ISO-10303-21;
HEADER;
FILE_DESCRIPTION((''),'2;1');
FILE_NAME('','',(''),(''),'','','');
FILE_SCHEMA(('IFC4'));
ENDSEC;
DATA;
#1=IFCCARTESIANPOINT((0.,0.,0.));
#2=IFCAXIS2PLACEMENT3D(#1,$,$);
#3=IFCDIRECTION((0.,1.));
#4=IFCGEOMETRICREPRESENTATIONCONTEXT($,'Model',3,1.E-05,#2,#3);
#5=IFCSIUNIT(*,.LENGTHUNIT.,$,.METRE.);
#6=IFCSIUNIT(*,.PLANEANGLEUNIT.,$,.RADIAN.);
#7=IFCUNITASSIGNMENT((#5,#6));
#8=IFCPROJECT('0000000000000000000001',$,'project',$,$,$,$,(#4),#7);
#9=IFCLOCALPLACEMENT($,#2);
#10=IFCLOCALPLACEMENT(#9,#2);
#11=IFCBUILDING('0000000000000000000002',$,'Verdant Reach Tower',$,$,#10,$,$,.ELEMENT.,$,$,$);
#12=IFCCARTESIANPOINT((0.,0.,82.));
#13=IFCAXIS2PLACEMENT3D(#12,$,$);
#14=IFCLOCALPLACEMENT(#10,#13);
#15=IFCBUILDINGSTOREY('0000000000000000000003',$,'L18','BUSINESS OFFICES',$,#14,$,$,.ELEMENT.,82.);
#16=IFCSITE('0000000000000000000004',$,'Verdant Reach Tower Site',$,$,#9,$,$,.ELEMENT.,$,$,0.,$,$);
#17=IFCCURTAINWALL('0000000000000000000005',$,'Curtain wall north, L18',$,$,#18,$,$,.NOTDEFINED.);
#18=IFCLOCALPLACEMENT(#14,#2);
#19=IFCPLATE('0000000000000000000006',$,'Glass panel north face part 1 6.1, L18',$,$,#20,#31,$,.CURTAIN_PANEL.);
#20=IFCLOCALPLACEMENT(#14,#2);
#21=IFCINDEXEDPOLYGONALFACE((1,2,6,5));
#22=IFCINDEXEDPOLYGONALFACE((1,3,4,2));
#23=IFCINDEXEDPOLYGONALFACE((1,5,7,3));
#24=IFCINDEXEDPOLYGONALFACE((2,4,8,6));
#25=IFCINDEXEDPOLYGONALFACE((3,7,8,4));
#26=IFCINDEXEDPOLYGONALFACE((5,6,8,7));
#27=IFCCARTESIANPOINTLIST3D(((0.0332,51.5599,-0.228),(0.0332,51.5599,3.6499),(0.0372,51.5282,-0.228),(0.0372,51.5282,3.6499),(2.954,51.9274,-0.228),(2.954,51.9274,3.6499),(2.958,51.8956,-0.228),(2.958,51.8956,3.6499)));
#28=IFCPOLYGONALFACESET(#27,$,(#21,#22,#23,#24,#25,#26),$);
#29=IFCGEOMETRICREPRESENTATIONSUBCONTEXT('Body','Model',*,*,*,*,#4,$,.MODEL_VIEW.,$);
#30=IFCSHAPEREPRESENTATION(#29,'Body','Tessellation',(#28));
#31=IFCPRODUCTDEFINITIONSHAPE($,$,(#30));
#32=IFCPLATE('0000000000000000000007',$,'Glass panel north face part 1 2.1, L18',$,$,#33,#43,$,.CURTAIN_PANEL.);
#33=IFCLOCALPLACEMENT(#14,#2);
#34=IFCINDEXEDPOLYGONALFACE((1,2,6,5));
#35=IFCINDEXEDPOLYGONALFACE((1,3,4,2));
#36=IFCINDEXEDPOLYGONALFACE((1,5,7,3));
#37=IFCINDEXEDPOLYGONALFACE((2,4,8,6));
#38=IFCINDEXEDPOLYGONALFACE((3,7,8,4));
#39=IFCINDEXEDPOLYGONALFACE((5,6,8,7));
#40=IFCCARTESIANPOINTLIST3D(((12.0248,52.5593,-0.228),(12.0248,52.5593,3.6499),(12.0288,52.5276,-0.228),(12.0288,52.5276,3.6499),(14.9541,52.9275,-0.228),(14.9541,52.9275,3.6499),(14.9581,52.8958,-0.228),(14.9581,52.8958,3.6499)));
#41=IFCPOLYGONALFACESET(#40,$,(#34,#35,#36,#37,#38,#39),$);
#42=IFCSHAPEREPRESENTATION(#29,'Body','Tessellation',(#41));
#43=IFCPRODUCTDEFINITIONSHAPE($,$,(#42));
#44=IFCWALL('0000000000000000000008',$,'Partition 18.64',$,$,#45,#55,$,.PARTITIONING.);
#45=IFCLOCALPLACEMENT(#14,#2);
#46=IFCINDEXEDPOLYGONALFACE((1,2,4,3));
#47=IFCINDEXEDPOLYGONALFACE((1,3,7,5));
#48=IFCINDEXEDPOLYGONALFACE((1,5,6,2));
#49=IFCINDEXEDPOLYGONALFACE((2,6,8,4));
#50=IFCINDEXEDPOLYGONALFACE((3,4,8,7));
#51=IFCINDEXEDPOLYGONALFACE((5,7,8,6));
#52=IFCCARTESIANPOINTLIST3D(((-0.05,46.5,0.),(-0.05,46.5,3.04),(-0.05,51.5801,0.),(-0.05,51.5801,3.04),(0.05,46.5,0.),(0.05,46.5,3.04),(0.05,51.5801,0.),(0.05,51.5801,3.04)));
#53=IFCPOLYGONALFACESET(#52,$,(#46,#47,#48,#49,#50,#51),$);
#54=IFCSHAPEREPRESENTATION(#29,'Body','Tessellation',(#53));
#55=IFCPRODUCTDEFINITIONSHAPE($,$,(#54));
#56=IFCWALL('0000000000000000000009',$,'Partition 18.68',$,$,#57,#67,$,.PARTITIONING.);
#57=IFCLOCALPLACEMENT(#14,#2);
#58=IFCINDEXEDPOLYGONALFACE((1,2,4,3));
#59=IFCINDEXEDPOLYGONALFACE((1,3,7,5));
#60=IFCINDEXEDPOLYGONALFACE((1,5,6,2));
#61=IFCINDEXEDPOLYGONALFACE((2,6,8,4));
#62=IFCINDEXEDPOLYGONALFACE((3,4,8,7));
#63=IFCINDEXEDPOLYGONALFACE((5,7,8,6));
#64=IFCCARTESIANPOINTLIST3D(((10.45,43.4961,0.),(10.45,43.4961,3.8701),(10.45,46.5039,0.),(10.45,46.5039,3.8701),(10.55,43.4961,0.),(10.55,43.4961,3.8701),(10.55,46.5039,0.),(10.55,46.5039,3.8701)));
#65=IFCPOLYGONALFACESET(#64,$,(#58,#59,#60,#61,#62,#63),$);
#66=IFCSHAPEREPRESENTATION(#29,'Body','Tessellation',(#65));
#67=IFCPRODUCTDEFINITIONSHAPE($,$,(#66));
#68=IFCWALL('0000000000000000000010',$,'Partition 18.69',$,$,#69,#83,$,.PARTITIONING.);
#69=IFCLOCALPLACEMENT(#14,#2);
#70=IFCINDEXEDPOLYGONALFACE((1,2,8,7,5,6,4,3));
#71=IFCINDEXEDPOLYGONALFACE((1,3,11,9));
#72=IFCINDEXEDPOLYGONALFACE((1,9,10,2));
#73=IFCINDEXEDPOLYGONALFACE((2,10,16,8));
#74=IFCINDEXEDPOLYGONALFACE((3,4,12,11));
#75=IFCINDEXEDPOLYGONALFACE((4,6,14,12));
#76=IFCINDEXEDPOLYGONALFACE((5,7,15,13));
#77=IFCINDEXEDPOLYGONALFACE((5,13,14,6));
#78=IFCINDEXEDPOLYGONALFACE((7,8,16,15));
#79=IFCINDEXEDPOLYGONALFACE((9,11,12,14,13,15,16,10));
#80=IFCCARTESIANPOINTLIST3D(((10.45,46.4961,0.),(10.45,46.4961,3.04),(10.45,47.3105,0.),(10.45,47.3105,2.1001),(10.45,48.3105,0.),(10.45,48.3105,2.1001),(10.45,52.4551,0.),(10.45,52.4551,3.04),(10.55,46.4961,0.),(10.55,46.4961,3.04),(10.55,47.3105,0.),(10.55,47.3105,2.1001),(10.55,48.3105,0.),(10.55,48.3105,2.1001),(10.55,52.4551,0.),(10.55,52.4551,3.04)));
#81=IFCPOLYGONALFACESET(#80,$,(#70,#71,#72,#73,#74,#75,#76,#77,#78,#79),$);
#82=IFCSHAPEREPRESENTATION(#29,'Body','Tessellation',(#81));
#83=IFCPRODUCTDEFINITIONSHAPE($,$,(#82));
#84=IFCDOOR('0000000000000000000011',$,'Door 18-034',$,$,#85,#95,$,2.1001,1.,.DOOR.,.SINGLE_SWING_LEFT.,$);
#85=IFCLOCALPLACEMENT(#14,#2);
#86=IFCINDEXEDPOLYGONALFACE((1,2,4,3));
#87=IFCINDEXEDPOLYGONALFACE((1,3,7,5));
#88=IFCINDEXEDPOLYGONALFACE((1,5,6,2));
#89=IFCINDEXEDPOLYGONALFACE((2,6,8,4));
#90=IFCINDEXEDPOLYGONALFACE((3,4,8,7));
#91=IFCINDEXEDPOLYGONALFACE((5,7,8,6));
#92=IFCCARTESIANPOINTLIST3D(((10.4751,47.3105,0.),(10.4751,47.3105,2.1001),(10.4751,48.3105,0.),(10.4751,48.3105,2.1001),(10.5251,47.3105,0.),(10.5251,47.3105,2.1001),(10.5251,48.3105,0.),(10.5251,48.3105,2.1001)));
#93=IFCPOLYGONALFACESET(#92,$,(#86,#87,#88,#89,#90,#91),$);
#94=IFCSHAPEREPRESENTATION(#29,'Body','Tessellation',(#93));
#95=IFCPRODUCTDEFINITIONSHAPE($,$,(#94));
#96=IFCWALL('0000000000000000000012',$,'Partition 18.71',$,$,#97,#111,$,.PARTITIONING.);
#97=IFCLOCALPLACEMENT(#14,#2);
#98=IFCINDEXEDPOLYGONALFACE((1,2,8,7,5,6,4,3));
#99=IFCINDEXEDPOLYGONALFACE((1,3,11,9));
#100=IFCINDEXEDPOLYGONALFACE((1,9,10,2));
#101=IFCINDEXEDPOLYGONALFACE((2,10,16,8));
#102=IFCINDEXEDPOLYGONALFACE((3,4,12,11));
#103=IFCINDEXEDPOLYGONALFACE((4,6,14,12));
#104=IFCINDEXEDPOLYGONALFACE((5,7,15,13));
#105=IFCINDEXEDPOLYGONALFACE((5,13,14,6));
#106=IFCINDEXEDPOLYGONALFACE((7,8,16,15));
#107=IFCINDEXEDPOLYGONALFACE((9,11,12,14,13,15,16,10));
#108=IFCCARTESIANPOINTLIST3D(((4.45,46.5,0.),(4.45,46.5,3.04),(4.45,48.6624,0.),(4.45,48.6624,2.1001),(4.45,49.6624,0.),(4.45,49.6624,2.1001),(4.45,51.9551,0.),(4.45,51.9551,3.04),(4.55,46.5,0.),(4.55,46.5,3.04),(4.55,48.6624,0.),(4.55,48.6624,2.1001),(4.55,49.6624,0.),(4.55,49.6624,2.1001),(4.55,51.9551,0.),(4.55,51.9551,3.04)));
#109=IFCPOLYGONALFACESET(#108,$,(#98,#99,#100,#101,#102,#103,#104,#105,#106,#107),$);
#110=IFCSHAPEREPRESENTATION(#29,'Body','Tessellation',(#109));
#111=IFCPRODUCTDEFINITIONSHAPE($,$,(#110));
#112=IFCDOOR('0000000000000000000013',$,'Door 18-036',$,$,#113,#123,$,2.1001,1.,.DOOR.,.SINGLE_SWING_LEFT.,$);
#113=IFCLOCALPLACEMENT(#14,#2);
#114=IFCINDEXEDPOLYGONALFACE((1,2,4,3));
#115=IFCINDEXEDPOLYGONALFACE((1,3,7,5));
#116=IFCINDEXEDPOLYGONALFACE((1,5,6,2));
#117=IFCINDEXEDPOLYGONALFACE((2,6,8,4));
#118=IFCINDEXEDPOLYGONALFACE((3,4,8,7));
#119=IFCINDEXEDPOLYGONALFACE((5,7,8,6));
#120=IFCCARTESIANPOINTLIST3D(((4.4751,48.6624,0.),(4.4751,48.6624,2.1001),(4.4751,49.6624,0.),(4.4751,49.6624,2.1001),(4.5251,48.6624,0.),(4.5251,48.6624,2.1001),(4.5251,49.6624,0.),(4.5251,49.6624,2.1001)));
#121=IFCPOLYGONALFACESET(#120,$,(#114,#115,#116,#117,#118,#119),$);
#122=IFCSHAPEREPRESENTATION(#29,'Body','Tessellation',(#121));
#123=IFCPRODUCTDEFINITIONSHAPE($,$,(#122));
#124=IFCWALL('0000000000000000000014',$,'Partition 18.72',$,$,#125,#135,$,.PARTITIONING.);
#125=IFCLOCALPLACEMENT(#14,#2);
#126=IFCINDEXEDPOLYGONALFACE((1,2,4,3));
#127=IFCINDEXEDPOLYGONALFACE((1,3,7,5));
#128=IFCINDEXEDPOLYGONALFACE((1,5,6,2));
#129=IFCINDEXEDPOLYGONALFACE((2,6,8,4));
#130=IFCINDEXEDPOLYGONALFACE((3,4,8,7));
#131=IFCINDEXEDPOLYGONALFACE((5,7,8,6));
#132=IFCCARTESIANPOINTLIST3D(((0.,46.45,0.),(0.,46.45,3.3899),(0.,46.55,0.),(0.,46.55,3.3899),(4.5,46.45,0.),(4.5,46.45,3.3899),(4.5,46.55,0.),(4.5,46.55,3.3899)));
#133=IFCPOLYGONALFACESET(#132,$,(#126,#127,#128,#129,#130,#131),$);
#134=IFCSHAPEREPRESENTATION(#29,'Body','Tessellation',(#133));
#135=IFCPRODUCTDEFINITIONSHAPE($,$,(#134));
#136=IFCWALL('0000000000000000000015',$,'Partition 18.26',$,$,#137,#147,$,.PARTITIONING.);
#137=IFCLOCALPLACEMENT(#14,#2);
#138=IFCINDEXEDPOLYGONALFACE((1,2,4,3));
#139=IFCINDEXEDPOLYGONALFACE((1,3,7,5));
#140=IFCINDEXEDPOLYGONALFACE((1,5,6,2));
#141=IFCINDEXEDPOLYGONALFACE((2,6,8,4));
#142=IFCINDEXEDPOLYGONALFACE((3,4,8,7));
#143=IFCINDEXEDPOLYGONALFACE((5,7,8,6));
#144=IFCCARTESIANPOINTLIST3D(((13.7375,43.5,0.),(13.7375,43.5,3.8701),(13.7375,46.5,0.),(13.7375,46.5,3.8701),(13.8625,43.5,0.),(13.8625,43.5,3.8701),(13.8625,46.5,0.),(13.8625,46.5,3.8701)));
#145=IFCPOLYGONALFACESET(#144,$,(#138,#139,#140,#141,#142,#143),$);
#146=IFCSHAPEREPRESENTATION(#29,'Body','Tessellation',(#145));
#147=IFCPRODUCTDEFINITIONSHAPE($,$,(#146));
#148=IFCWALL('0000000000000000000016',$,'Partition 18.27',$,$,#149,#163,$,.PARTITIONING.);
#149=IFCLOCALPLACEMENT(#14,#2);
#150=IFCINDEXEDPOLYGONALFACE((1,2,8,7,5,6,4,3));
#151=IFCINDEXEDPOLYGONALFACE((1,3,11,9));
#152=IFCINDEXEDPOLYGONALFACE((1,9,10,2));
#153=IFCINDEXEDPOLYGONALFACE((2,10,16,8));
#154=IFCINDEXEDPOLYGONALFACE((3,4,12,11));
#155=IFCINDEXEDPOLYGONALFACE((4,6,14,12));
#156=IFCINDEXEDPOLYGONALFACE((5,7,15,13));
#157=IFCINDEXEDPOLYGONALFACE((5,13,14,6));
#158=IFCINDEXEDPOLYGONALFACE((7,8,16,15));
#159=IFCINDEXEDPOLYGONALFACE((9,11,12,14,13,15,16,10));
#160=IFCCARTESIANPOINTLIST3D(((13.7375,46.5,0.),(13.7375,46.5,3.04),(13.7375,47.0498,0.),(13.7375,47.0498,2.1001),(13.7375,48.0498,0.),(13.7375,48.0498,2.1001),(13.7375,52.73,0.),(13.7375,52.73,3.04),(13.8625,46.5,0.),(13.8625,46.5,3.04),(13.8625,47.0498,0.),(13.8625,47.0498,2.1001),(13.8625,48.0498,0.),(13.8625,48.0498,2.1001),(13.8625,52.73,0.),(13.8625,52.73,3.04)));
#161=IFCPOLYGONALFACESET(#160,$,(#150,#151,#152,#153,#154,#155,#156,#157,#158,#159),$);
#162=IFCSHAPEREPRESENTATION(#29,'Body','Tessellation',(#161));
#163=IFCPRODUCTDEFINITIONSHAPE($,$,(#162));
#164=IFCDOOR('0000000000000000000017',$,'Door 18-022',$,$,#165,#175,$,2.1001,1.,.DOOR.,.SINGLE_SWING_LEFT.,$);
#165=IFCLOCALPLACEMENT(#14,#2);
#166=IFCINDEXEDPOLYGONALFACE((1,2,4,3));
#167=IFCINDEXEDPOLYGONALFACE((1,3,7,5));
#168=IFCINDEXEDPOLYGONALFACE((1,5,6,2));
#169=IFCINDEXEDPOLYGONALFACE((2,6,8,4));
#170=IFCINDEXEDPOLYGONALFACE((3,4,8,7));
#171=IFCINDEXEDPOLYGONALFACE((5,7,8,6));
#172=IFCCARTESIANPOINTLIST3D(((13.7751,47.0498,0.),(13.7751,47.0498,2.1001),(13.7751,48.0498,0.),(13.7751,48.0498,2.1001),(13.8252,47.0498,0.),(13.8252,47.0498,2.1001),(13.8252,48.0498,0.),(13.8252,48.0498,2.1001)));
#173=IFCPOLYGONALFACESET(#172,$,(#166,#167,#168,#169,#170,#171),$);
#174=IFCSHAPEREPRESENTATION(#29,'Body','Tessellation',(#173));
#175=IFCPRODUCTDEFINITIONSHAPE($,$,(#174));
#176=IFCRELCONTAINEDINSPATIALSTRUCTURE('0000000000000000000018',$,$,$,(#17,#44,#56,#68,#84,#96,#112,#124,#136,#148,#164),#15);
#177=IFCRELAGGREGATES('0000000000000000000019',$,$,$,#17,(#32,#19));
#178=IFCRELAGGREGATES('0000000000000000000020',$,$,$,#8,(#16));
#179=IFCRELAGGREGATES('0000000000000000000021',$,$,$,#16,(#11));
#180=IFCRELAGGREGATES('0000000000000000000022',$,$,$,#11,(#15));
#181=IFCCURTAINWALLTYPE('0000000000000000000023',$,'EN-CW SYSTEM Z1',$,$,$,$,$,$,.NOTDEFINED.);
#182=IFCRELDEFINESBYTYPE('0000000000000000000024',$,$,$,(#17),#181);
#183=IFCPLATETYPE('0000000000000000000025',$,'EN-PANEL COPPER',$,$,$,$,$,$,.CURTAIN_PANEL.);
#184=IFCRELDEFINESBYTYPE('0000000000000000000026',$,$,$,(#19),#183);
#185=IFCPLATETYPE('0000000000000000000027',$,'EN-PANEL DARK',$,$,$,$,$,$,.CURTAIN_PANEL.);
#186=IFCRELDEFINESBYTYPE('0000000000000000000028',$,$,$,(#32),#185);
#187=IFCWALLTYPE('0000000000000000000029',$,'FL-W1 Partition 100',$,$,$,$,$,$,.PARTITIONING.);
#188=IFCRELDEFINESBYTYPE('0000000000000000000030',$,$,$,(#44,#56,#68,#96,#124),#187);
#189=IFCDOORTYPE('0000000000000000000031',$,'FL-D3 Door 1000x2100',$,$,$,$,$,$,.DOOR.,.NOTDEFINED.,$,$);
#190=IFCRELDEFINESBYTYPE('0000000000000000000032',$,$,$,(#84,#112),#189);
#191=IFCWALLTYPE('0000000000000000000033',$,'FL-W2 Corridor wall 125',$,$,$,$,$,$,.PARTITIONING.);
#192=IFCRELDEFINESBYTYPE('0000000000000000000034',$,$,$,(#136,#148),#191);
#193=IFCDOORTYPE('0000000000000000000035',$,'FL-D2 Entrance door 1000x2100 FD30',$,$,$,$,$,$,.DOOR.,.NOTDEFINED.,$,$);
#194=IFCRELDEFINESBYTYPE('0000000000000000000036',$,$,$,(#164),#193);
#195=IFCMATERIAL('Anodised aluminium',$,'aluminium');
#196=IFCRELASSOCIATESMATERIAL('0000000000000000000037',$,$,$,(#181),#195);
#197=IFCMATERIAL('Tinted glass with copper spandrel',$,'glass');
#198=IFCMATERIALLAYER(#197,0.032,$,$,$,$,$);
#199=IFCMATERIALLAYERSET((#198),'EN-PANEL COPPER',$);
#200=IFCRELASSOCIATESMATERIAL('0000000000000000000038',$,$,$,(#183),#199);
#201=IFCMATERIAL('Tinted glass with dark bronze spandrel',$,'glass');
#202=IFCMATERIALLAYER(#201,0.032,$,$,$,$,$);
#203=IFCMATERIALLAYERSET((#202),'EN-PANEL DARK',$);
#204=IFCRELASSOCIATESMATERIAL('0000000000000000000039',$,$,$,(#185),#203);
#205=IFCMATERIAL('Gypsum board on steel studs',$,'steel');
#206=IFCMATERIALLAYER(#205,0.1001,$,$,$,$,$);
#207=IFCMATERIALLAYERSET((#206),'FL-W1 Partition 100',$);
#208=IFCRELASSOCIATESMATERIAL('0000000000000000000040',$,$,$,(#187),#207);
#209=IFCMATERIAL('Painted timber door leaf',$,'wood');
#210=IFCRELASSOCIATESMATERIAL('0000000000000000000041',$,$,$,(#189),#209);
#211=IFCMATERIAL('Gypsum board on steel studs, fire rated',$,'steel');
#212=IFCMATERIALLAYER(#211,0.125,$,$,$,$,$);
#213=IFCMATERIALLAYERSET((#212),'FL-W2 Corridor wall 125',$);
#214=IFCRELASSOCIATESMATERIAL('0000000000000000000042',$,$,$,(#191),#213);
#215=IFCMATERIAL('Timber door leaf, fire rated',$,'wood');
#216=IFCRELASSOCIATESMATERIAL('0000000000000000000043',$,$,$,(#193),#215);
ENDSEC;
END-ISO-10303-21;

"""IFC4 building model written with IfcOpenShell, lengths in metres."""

from ifc_helpers import new_model, si_unit, direction, frame, frame_2d, origin, origin_2d, place, context, subcontext, project, spatial, rectangle, extrude, material, layer, layer_set, type_object, element, fill, aggregate, save


model = new_model("IFC4")

# Units and contexts
model_context = context("Model", 3, precision=1e-05, world=origin(), true_north=direction((0.0, 1.0)))
body_context = subcontext(model_context, "Body", "Model", "MODEL_VIEW")
ifc_project = project(units=[si_unit("LENGTHUNIT", "METRE"), si_unit("PLANEANGLEUNIT", "RADIAN")], contexts=[model_context])

# Site, building, storey
site_placement = place(None, origin())
site = spatial("IfcSite", under=ifc_project, at=site_placement, Name="Verdant Reach Tower Site", CompositionType="ELEMENT", RefElevation=0.0)
building_placement = place(site_placement, origin())
building = spatial("IfcBuilding", under=site, at=building_placement, Name="Verdant Reach Tower", CompositionType="ELEMENT")
storey_placement = place(building_placement, frame((0.0, 0.0, 82.0)))
storey = spatial("IfcBuildingStorey", under=building, at=storey_placement, Name="L18", Description="BUSINESS OFFICES", CompositionType="ELEMENT", Elevation=82.0)

# Curtain wall
ifc_material_1 = material(Name="Anodised aluminium", Category="aluminium")
curtain_wall_type = type_object("IfcCurtainWallType", Name="EN-CW SYSTEM Z1", PredefinedType="NOTDEFINED", material=ifc_material_1)
curtain_wall_placement = place(storey_placement, origin())
curtain_wall = element("IfcCurtainWall", 1, at=curtain_wall_placement, inside=storey, type_object=curtain_wall_type, Name="Curtain wall north, L18", PredefinedType="NOTDEFINED")

# Plates
ifc_material_2 = material(Name="Tinted glass with copper spandrel", Category="glass")
ifc_layer_1 = layer(ifc_material_2, 0.032)
ifc_layer_set_1 = layer_set([ifc_layer_1], Name="EN-PANEL COPPER")
plate_type_1 = type_object("IfcPlateType", Name="EN-PANEL COPPER", PredefinedType="CURTAIN_PANEL", material=ifc_layer_set_1)
plate_1_placement = place(storey_placement, frame((1.4956, 51.7278, -0.228), z_axis=(0.0, 0.0, 1.0), x_axis=(-0.992179, -0.124821, 0.0)))
plate_1 = element("IfcPlate", 2, at=plate_1_placement, type_object=plate_type_1, Name="Glass panel north face part 1 6.1, L18", PredefinedType="CURTAIN_PANEL", context=body_context, shape_type="SweptSolid", body=[
    extrude(rectangle(XDim=2.9438, YDim=0.032, at=origin_2d()), origin(), (0.0, 0.0, 1.0), 3.8779),
])
ifc_material_3 = material(Name="Tinted glass with dark bronze spandrel", Category="glass")
ifc_layer_2 = layer(ifc_material_3, 0.032)
ifc_layer_set_2 = layer_set([ifc_layer_2], Name="EN-PANEL DARK")
plate_type_2 = type_object("IfcPlateType", Name="EN-PANEL DARK", PredefinedType="CURTAIN_PANEL", material=ifc_layer_set_2)
plate_2_placement = place(storey_placement, frame((13.4915, 52.7275, -0.228), z_axis=(0.0, 0.0, 1.0), x_axis=(-0.992194, -0.124704, 0.0)))
plate_2 = element("IfcPlate", 3, at=plate_2_placement, type_object=plate_type_2, Name="Glass panel north face part 1 2.1, L18", PredefinedType="CURTAIN_PANEL", context=body_context, shape_type="SweptSolid", body=[
    extrude(rectangle(XDim=2.9524, YDim=0.032, at=origin_2d()), origin(), (0.0, 0.0, 1.0), 3.8779),
])
aggregate(curtain_wall, [plate_2, plate_1])

# Walls
ifc_material_4 = material(Name="Gypsum board on steel studs", Category="steel")
ifc_layer_3 = layer(ifc_material_4, 0.1001)
ifc_layer_set_3 = layer_set([ifc_layer_3], Name="FL-W1 Partition 100")
wall_type_1 = type_object("IfcWallType", Name="FL-W1 Partition 100", PredefinedType="PARTITIONING", material=ifc_layer_set_3)
wall_1_placement = place(storey_placement, frame((0.0, 46.5, 0.0), z_axis=(0.0, 0.0, 1.0), x_axis=(0.0, 1.0, 0.0)))
element("IfcWall", 4, at=wall_1_placement, inside=storey, type_object=wall_type_1, Name="Partition 18.64", PredefinedType="PARTITIONING", context=body_context, shape_type="SweptSolid", body=[
    extrude(rectangle(XDim=5.0801, YDim=0.1001, at=frame_2d((2.54, 0.0))), origin(), (0.0, 0.0, 1.0), 3.04),
])
wall_2_placement = place(storey_placement, frame((10.5, 46.5039, 0.0), z_axis=(0.0, 0.0, 1.0), x_axis=(0.0, -1.0, 0.0)))
element("IfcWall", 5, at=wall_2_placement, inside=storey, type_object=wall_type_1, Name="Partition 18.68", PredefinedType="PARTITIONING", context=body_context, shape_type="SweptSolid", body=[
    extrude(rectangle(XDim=3.0078, YDim=0.1001, at=frame_2d((1.5039, 0.0))), origin(), (0.0, 0.0, 1.0), 3.8701),
])

# Walls, openings, doors
wall_3_placement = place(storey_placement, frame((10.5, 46.4961, 0.0), z_axis=(0.0, 0.0, 1.0), x_axis=(0.0, 1.0, 0.0)))
wall_3 = element("IfcWall", 6, at=wall_3_placement, inside=storey, type_object=wall_type_1, Name="Partition 18.69", PredefinedType="PARTITIONING", context=body_context, shape_type="SweptSolid", body=[
    extrude(rectangle(XDim=5.959, YDim=0.1001, at=frame_2d((2.9795, 0.0))), origin(), (0.0, 0.0, 1.0), 3.04),
])
opening_1_placement = place(wall_3_placement, frame((0.8145, 0.0, 0.0)))
opening_1 = element("IfcOpeningElement", 7, at=opening_1_placement, cuts=wall_3, PredefinedType="OPENING", context=body_context, shape_type="SweptSolid", body=[
    extrude(rectangle(XDim=1.0, YDim=2.1001, at=frame_2d((0.5, 1.05))), frame((0.0, 0.0601, 0.0), z_axis=(0.0, -1.0, 0.0), x_axis=(1.0, 0.0, 0.0)), (0.0, 0.0, 1.0), 0.1201),
])
ifc_material_5 = material(Name="Painted timber door leaf", Category="wood")
door_type_1 = type_object("IfcDoorType", Name="FL-D3 Door 1000x2100", OperationType="NOTDEFINED", PredefinedType="DOOR", material=ifc_material_5)
door_1_placement = place(opening_1_placement, origin())
door_1 = element("IfcDoor", 8, at=door_1_placement, inside=storey, type_object=door_type_1, Name="Door 18-034", OperationType="SINGLE_SWING_LEFT", OverallHeight=2.1001, OverallWidth=1.0, PredefinedType="DOOR", context=body_context, shape_type="SweptSolid", body=[
    extrude(rectangle(XDim=1.0, YDim=2.1001, at=frame_2d((0.5, 1.05))), frame((0.0, 0.0249, 0.0), z_axis=(0.0, -1.0, 0.0), x_axis=(1.0, 0.0, 0.0)), (0.0, 0.0, 1.0), 0.05),
])
fill(opening_1, door_1)
wall_4_placement = place(storey_placement, frame((4.5, 46.5, 0.0), z_axis=(0.0, 0.0, 1.0), x_axis=(0.0, 1.0, 0.0)))
wall_4 = element("IfcWall", 9, at=wall_4_placement, inside=storey, type_object=wall_type_1, Name="Partition 18.71", PredefinedType="PARTITIONING", context=body_context, shape_type="SweptSolid", body=[
    extrude(rectangle(XDim=5.4551, YDim=0.1001, at=frame_2d((2.7275, 0.0))), origin(), (0.0, 0.0, 1.0), 3.04),
])
opening_2_placement = place(wall_4_placement, frame((2.1624, 0.0, 0.0)))
opening_2 = element("IfcOpeningElement", 10, at=opening_2_placement, cuts=wall_4, PredefinedType="OPENING", context=body_context, shape_type="SweptSolid", body=[
    extrude(rectangle(XDim=1.0, YDim=2.1001, at=frame_2d((0.5, 1.05))), frame((0.0, 0.0601, 0.0), z_axis=(0.0, -1.0, 0.0), x_axis=(1.0, 0.0, 0.0)), (0.0, 0.0, 1.0), 0.1201),
])
door_2_placement = place(opening_2_placement, origin())
door_2 = element("IfcDoor", 11, at=door_2_placement, inside=storey, type_object=door_type_1, Name="Door 18-036", OperationType="SINGLE_SWING_LEFT", OverallHeight=2.1001, OverallWidth=1.0, PredefinedType="DOOR", context=body_context, shape_type="SweptSolid", body=[
    extrude(rectangle(XDim=1.0, YDim=2.1001, at=frame_2d((0.5, 1.05))), frame((0.0, 0.0249, 0.0), z_axis=(0.0, -1.0, 0.0), x_axis=(1.0, 0.0, 0.0)), (0.0, 0.0, 1.0), 0.05),
])
fill(opening_2, door_2)

# Walls
wall_5_placement = place(storey_placement, frame((4.5, 46.5, 0.0), z_axis=(0.0, 0.0, 1.0), x_axis=(-1.0, 0.0, 0.0)))
element("IfcWall", 12, at=wall_5_placement, inside=storey, type_object=wall_type_1, Name="Partition 18.72", PredefinedType="PARTITIONING", context=body_context, shape_type="SweptSolid", body=[
    extrude(rectangle(XDim=4.5, YDim=0.1001, at=frame_2d((2.25, 0.0))), origin(), (0.0, 0.0, 1.0), 3.3899),
])
ifc_material_6 = material(Name="Gypsum board on steel studs, fire rated", Category="steel")
ifc_layer_4 = layer(ifc_material_6, 0.125)
ifc_layer_set_4 = layer_set([ifc_layer_4], Name="FL-W2 Corridor wall 125")
wall_type_2 = type_object("IfcWallType", Name="FL-W2 Corridor wall 125", PredefinedType="PARTITIONING", material=ifc_layer_set_4)
wall_6_placement = place(storey_placement, frame((13.8, 46.5, 0.0), z_axis=(0.0, 0.0, 1.0), x_axis=(0.0, -1.0, 0.0)))
element("IfcWall", 13, at=wall_6_placement, inside=storey, type_object=wall_type_2, Name="Partition 18.26", PredefinedType="PARTITIONING", context=body_context, shape_type="SweptSolid", body=[
    extrude(rectangle(XDim=3.0, YDim=0.125, at=frame_2d((1.5, 0.0))), origin(), (0.0, 0.0, 1.0), 3.8701),
])

# Wall, opening, door
wall_7_placement = place(storey_placement, frame((13.8, 46.5, 0.0), z_axis=(0.0, 0.0, 1.0), x_axis=(0.0, 1.0, 0.0)))
wall_7 = element("IfcWall", 14, at=wall_7_placement, inside=storey, type_object=wall_type_2, Name="Partition 18.27", PredefinedType="PARTITIONING", context=body_context, shape_type="SweptSolid", body=[
    extrude(rectangle(XDim=6.23, YDim=0.125, at=frame_2d((3.115, 0.0))), origin(), (0.0, 0.0, 1.0), 3.04),
])
opening_3_placement = place(wall_7_placement, frame((0.5498, 0.0, 0.0)))
opening_3 = element("IfcOpeningElement", 15, at=opening_3_placement, cuts=wall_7, PredefinedType="OPENING", context=body_context, shape_type="SweptSolid", body=[
    extrude(rectangle(XDim=1.0, YDim=2.1001, at=frame_2d((0.5, 1.05))), frame((0.0, 0.0725, 0.0), z_axis=(0.0, -1.0, 0.0), x_axis=(1.0, 0.0, 0.0)), (0.0, 0.0, 1.0), 0.145),
])
ifc_material_7 = material(Name="Timber door leaf, fire rated", Category="wood")
door_type_2 = type_object("IfcDoorType", Name="FL-D2 Entrance door 1000x2100 FD30", OperationType="NOTDEFINED", PredefinedType="DOOR", material=ifc_material_7)
door_3_placement = place(opening_3_placement, origin())
door_3 = element("IfcDoor", 16, at=door_3_placement, inside=storey, type_object=door_type_2, Name="Door 18-022", OperationType="SINGLE_SWING_LEFT", OverallHeight=2.1001, OverallWidth=1.0, PredefinedType="DOOR", context=body_context, shape_type="SweptSolid", body=[
    extrude(rectangle(XDim=1.0, YDim=2.1001, at=frame_2d((0.5, 1.05))), frame((0.0, 0.0249, 0.0), z_axis=(0.0, -1.0, 0.0), x_axis=(1.0, 0.0, 0.0)), (0.0, 0.0, 1.0), 0.05),
])
fill(opening_3, door_3)

save(model, "model.ifc")
